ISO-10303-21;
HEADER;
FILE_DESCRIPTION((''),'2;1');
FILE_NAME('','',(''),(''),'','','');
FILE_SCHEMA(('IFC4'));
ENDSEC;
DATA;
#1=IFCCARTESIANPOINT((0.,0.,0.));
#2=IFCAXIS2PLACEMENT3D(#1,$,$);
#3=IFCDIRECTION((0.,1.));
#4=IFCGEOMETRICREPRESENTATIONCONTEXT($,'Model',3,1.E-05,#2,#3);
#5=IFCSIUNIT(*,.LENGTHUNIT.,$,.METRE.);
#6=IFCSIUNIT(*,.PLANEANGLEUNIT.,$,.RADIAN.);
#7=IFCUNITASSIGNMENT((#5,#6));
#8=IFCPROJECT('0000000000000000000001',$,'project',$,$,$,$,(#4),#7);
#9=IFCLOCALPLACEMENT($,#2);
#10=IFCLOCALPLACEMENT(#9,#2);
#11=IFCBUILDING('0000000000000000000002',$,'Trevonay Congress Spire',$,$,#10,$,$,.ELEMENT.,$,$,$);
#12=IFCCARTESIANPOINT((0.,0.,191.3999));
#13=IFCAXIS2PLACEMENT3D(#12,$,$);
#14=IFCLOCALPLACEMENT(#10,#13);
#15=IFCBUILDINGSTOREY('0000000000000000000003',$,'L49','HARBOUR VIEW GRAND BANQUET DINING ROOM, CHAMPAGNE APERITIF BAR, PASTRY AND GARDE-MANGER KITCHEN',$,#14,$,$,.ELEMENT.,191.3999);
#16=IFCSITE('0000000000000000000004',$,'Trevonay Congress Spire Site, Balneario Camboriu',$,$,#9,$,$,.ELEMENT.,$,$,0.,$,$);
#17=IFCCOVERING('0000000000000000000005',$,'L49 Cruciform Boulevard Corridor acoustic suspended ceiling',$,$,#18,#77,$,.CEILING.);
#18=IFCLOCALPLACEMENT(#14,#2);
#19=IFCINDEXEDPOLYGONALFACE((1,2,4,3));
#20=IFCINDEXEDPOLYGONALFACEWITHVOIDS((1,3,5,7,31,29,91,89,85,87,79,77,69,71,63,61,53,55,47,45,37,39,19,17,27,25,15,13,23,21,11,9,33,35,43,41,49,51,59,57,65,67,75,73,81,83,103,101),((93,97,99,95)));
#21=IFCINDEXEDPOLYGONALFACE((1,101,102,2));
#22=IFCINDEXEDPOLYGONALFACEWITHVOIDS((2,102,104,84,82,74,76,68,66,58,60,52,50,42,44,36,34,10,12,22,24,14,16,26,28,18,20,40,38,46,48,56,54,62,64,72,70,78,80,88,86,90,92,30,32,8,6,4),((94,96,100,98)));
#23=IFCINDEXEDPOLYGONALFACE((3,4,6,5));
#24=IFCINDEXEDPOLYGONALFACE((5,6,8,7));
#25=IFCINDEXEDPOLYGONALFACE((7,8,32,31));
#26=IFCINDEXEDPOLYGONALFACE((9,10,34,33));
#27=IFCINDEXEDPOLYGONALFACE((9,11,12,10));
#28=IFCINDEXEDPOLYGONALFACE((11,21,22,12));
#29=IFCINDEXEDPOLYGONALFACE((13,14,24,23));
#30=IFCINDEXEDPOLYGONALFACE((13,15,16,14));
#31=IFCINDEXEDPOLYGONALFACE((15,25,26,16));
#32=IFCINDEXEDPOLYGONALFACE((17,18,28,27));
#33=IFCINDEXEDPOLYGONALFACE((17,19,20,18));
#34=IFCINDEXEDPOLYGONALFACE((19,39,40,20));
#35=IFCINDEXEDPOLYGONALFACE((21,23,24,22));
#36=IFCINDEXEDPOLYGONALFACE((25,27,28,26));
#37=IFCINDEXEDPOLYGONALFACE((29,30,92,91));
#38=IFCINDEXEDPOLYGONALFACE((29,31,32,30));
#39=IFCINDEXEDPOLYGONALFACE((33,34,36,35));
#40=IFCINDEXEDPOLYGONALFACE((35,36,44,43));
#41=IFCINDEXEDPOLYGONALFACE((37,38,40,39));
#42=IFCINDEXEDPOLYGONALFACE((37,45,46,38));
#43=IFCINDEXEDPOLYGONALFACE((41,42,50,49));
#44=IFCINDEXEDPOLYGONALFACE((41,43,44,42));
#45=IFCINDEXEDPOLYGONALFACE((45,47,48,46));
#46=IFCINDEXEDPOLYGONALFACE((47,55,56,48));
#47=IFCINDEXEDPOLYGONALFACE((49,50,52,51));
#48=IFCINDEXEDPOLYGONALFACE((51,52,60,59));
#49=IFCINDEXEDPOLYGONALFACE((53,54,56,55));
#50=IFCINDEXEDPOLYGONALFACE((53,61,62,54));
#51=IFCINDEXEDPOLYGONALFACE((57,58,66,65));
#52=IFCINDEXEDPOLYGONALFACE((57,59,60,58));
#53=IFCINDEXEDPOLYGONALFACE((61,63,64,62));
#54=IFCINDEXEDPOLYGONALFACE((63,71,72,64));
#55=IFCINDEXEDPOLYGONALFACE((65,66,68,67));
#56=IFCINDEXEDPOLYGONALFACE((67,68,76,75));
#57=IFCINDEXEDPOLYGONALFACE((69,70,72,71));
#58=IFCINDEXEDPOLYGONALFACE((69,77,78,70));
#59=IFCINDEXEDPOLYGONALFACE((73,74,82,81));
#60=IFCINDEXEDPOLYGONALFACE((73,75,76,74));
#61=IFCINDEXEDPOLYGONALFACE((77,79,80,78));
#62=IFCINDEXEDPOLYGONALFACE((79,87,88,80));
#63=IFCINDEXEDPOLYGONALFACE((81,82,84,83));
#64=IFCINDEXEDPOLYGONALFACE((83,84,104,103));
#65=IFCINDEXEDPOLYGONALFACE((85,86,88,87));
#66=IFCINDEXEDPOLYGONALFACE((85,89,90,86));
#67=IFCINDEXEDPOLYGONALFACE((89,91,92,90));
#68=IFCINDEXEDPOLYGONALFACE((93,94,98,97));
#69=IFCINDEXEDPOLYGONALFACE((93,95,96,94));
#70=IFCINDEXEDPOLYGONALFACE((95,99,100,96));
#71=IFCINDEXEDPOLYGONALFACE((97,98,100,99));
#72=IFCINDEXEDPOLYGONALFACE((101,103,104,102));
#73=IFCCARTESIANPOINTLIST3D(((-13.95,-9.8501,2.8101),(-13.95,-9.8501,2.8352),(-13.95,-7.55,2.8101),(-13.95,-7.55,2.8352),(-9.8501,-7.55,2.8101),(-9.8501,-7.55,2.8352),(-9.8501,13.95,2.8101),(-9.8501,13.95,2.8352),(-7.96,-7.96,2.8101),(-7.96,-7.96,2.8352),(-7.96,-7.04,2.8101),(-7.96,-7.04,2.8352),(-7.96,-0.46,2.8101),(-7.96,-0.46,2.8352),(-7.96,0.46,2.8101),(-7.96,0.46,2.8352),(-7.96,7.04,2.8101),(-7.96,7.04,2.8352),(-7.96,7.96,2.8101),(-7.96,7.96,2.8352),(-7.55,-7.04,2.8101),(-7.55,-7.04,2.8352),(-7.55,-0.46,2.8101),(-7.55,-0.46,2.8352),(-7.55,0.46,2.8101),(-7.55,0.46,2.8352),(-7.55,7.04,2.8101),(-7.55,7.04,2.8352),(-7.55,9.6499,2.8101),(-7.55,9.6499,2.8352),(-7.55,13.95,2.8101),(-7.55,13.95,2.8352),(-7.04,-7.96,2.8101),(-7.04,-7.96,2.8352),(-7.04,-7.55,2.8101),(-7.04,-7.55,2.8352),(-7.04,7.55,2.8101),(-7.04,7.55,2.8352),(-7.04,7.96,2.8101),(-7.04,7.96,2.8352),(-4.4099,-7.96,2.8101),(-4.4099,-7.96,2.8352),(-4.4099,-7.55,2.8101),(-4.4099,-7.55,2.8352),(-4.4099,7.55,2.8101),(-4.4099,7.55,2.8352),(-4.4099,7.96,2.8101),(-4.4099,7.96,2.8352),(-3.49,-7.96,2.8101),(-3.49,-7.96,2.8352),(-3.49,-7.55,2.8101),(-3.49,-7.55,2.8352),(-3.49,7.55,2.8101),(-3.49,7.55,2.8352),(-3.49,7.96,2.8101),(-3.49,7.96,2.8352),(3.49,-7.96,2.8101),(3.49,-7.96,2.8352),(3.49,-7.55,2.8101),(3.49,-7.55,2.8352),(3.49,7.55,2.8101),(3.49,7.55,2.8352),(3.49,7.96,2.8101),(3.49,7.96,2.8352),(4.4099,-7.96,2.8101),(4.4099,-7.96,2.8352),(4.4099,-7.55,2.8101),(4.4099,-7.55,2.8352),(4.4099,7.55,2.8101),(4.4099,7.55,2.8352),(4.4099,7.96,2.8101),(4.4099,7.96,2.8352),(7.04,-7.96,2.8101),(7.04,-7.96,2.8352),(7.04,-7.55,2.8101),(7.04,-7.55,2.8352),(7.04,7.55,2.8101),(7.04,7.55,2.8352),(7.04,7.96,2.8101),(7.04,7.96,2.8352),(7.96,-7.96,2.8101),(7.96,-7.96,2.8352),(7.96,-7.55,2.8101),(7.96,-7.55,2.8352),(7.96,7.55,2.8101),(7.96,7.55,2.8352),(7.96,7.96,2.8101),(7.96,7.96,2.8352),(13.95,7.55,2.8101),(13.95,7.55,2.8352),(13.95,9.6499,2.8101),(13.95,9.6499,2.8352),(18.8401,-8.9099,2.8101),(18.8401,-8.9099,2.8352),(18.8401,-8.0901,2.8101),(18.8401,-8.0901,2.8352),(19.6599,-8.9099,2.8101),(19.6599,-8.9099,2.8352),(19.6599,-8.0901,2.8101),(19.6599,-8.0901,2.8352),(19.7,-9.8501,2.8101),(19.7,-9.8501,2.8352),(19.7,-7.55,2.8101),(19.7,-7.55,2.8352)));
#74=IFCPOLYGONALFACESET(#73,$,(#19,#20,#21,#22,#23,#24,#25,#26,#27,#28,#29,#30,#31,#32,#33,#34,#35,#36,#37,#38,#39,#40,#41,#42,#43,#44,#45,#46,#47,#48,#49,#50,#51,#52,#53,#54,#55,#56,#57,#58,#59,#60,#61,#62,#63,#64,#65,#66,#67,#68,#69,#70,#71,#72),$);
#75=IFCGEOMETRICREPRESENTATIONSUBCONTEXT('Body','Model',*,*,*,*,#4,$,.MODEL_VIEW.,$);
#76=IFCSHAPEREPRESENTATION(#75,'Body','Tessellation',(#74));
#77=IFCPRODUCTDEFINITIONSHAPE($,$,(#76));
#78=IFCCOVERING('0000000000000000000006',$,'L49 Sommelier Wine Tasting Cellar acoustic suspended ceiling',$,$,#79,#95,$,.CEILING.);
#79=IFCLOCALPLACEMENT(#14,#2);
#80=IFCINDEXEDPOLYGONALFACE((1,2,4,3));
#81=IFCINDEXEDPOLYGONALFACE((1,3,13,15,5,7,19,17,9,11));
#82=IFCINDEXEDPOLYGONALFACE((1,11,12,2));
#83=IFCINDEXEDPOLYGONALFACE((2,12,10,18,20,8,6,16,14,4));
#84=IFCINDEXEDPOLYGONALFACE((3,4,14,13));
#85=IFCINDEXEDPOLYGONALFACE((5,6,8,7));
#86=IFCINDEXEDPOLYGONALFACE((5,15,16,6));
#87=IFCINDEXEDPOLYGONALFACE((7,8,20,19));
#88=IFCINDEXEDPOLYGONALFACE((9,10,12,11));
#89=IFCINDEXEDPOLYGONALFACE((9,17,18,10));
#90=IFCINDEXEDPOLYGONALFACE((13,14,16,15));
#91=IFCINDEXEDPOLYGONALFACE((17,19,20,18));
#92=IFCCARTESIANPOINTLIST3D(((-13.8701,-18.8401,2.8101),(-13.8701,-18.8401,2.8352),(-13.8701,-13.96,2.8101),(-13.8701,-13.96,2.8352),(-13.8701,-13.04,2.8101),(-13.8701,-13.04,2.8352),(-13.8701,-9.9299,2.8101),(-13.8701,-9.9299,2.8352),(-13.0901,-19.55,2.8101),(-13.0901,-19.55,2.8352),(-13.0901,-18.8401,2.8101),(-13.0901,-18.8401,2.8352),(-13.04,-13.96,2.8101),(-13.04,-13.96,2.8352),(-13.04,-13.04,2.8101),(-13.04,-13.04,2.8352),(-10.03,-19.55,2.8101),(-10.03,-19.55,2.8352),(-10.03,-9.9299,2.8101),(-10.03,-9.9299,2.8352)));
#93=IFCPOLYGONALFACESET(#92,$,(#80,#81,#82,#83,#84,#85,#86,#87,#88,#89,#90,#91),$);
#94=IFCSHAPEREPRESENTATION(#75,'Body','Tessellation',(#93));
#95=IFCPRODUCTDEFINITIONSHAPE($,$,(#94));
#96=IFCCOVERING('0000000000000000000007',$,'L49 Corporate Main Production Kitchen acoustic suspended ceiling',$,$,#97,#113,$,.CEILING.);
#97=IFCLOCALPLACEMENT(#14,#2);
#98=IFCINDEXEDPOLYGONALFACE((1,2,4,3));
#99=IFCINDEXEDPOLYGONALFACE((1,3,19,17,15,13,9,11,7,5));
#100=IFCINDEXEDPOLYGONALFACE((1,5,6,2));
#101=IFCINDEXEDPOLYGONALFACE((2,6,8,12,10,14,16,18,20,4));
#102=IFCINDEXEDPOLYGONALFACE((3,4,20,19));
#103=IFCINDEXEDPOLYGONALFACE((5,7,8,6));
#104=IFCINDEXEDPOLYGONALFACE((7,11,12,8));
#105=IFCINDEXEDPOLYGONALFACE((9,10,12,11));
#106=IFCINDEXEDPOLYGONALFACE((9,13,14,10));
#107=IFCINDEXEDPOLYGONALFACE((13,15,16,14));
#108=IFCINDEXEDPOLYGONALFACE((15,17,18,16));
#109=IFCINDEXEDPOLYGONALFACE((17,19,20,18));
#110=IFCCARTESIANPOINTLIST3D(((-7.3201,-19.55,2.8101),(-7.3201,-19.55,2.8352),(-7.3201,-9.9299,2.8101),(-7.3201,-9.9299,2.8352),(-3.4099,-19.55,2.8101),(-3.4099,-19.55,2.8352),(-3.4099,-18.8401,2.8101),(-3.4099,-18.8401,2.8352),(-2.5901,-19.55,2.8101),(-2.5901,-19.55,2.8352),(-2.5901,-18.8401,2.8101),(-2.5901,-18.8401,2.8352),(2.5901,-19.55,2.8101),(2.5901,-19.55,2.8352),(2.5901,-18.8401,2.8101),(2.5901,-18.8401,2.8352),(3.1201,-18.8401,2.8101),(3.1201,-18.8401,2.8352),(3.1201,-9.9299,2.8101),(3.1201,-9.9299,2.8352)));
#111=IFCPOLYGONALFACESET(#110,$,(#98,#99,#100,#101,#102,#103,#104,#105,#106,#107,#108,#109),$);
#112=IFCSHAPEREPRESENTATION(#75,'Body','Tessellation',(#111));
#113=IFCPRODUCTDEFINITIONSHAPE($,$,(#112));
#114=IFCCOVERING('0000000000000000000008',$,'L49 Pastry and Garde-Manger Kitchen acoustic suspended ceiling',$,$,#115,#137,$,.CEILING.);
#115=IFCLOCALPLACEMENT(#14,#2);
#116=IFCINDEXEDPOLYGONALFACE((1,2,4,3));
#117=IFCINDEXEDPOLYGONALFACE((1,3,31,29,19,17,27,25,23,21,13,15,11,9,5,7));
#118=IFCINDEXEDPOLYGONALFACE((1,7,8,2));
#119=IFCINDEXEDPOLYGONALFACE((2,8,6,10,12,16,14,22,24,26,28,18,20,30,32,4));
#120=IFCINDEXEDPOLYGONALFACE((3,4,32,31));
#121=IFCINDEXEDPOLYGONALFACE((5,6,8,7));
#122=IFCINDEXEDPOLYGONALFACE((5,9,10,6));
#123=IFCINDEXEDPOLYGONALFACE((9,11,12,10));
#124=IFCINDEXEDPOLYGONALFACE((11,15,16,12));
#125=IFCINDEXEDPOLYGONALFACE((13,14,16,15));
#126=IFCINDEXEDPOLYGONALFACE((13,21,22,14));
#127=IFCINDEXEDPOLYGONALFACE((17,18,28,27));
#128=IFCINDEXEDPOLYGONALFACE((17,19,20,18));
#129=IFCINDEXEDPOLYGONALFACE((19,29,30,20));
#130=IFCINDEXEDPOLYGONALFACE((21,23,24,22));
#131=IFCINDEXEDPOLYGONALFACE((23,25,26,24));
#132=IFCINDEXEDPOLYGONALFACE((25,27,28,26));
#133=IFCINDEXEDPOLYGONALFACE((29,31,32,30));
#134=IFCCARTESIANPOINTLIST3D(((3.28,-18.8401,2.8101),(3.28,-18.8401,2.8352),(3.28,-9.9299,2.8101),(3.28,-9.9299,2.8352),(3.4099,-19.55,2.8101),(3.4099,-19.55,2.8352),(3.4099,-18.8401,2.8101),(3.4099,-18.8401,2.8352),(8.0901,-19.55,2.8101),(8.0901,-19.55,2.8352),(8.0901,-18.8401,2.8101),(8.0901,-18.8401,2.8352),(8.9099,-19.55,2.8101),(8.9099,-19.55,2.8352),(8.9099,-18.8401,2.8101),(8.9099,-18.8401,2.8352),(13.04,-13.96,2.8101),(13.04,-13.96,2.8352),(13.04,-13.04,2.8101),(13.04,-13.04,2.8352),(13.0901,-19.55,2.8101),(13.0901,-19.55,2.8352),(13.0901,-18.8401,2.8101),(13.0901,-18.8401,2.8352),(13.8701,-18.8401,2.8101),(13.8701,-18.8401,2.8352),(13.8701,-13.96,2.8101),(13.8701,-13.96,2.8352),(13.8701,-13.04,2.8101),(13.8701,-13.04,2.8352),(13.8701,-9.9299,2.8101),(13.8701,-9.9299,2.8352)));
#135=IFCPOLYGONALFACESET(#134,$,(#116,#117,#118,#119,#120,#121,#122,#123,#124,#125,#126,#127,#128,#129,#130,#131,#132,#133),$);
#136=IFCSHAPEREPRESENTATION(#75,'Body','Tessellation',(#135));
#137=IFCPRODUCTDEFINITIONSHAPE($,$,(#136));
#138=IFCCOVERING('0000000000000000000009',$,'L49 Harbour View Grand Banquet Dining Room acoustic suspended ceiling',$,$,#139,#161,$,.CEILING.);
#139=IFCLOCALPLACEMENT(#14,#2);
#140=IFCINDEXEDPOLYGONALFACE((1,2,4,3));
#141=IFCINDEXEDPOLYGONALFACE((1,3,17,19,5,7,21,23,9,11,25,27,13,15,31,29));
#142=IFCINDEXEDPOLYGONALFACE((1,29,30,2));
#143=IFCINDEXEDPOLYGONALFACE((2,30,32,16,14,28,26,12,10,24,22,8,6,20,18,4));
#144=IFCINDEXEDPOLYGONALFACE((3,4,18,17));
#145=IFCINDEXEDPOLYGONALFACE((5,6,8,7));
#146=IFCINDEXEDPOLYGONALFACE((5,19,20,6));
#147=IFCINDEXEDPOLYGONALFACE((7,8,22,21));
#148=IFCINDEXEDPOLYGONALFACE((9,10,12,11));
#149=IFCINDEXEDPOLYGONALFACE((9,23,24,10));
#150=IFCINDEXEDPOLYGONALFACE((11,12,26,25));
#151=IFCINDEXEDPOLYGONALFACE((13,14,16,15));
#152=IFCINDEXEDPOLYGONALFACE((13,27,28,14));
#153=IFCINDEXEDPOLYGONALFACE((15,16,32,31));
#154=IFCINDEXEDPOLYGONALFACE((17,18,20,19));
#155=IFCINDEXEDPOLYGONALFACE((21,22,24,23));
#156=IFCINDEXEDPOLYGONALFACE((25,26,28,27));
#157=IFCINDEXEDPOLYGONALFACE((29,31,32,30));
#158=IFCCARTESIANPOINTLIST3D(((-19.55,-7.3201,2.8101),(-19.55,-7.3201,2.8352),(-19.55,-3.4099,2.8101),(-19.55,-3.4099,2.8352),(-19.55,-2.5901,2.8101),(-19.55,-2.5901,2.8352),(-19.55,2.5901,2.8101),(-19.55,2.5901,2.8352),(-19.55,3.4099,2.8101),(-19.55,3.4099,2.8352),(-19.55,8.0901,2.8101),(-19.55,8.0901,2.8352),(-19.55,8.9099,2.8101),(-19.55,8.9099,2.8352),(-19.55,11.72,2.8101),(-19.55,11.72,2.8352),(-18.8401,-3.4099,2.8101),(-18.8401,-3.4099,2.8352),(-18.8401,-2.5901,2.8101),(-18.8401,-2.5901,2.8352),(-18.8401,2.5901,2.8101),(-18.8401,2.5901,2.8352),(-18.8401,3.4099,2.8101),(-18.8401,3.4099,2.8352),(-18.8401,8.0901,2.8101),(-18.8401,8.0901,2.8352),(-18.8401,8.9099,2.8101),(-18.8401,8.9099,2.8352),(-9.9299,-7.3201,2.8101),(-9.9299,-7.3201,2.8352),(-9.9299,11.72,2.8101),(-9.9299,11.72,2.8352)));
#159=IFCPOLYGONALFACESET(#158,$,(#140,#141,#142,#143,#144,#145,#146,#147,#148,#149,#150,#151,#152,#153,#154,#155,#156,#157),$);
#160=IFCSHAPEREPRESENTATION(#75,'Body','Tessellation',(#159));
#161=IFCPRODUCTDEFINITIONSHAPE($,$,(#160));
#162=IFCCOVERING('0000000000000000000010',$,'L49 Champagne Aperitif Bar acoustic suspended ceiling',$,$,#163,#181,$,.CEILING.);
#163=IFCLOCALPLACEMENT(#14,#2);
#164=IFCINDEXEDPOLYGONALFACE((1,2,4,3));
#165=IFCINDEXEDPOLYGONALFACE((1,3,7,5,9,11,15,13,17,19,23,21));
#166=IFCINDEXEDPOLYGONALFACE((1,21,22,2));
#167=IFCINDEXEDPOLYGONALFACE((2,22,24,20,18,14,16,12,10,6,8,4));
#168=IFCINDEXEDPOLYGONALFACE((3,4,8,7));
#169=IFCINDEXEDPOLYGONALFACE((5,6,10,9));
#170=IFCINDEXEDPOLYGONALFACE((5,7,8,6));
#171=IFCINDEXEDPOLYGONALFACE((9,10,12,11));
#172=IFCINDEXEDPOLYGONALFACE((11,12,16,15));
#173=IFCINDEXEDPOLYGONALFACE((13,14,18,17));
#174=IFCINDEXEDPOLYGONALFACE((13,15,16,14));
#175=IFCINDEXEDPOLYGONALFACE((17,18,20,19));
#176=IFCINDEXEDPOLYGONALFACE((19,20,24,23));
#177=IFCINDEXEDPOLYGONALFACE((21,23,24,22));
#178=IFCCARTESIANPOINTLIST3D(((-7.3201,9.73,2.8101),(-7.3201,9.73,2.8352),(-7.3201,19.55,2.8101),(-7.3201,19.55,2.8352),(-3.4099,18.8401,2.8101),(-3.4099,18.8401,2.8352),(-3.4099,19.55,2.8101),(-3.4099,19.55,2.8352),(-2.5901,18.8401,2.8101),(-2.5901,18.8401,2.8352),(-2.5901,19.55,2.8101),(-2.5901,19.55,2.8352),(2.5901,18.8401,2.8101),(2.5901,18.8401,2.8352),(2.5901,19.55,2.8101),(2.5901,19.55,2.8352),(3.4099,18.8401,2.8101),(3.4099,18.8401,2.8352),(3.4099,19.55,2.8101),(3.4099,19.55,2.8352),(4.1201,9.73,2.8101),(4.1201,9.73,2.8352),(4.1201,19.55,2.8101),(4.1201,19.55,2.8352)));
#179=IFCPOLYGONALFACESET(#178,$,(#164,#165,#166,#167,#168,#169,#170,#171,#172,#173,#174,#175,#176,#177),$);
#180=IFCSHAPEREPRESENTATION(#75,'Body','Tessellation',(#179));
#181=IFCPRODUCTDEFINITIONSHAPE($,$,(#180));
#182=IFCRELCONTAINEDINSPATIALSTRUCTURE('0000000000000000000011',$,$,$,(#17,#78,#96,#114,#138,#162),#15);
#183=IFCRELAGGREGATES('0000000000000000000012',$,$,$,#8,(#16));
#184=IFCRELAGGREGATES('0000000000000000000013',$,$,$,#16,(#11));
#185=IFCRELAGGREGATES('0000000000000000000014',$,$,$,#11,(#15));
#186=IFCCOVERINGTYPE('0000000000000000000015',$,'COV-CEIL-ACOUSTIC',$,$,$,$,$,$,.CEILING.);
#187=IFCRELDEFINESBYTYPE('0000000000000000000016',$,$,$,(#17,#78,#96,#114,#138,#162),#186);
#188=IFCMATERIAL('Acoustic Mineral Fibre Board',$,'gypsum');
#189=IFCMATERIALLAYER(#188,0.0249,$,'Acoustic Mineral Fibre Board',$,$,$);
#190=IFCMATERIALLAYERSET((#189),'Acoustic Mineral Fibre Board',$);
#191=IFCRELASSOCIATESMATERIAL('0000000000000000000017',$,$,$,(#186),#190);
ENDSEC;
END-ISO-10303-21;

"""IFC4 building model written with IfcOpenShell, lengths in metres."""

from ifc_helpers import new_model, si_unit, direction, frame, origin, place, context, subcontext, project, spatial, polyline, outline, extrude, material, layer, layer_set, type_object, element, save


model = new_model("IFC4")

# Units and contexts
model_context = context("Model", 3, precision=1e-05, world=origin(), true_north=direction((0.0, 1.0)))
body_context = subcontext(model_context, "Body", "Model", "MODEL_VIEW")
ifc_project = project(units=[si_unit("LENGTHUNIT", "METRE"), si_unit("PLANEANGLEUNIT", "RADIAN")], contexts=[model_context])

# Site, building, storey
site_placement = place(None, origin())
site = spatial("IfcSite", under=ifc_project, at=site_placement, Name="Trevonay Congress Spire Site, Balneario Camboriu", CompositionType="ELEMENT", RefElevation=0.0)
building_placement = place(site_placement, origin())
building = spatial("IfcBuilding", under=site, at=building_placement, Name="Trevonay Congress Spire", CompositionType="ELEMENT")
storey_placement = place(building_placement, frame((0.0, 0.0, 191.3999)))
storey = spatial("IfcBuildingStorey", under=building, at=storey_placement, Name="L49", Description="HARBOUR VIEW GRAND BANQUET DINING ROOM, CHAMPAGNE APERITIF BAR, PASTRY AND GARDE-MANGER KITCHEN", CompositionType="ELEMENT", Elevation=191.3999)

# Coverings
ifc_material_1 = material(Name="Acoustic Mineral Fibre Board", Category="gypsum")
ifc_layer_1 = layer(ifc_material_1, 0.0249, Name="Acoustic Mineral Fibre Board")
ifc_layer_set_1 = layer_set([ifc_layer_1], Name="Acoustic Mineral Fibre Board")
covering_type_1 = type_object("IfcCoveringType", Name="COV-CEIL-ACOUSTIC", PredefinedType="CEILING", material=ifc_layer_set_1)
covering_1_placement = place(storey_placement, frame((0.0, 0.0, 2.8101)))
element("IfcCovering", 1, at=covering_1_placement, inside=storey, type_object=covering_type_1, Name="L49 Cruciform Boulevard Corridor acoustic suspended ceiling", PredefinedType="CEILING", context=body_context, shape_type="SweptSolid", body=[
    extrude(outline(polyline([(19.7, -7.55), (19.7, -9.8501), (-13.95, -9.8501), (-13.95, -7.55), (-9.8501, -7.55), (-9.8501, 13.95), (-7.55, 13.95), (-7.55, 9.6499), (13.95, 9.6499), (13.95, 7.55), (7.96, 7.55), (7.96, 7.96), (7.04, 7.96), (7.04, 7.55), (4.4099, 7.55), (4.4099, 7.96), (3.49, 7.96), (3.49, 7.55), (-3.49, 7.55), (-3.49, 7.96), (-4.4099, 7.96), (-4.4099, 7.55), (-7.04, 7.55), (-7.04, 7.96), (-7.96, 7.96), (-7.96, 7.04), (-7.55, 7.04), (-7.55, 0.46), (-7.96, 0.46), (-7.96, -0.46), (-7.55, -0.46), (-7.55, -7.04), (-7.96, -7.04), (-7.96, -7.96), (-7.04, -7.96), (-7.04, -7.55), (-4.4099, -7.55), (-4.4099, -7.96), (-3.49, -7.96), (-3.49, -7.55), (3.49, -7.55), (3.49, -7.96), (4.4099, -7.96), (4.4099, -7.55), (7.04, -7.55), (7.04, -7.96), (7.96, -7.96), (7.96, -7.55), (19.7, -7.55)]), holes=[polyline([(19.6599, -8.0901), (18.8401, -8.0901), (18.8401, -8.9099), (19.6599, -8.9099), (19.6599, -8.0901)])]), origin(), (0.0, 0.0, 1.0), 0.0251),
])
covering_2_placement = place(storey_placement, frame((0.0, 0.0, 2.8101)))
element("IfcCovering", 2, at=covering_2_placement, inside=storey, type_object=covering_type_1, Name="L49 Sommelier Wine Tasting Cellar acoustic suspended ceiling", PredefinedType="CEILING", context=body_context, shape_type="SweptSolid", body=[
    extrude(outline(polyline([(-13.8701, -9.9299), (-10.03, -9.9299), (-10.03, -19.55), (-13.0901, -19.55), (-13.0901, -18.8401), (-13.8701, -18.8401), (-13.8701, -13.96), (-13.04, -13.96), (-13.04, -13.04), (-13.8701, -13.04), (-13.8701, -9.9299)])), origin(), (0.0, 0.0, 1.0), 0.0251),
])
covering_3_placement = place(storey_placement, frame((0.0, 0.0, 2.8101)))
element("IfcCovering", 3, at=covering_3_placement, inside=storey, type_object=covering_type_1, Name="L49 Corporate Main Production Kitchen acoustic suspended ceiling", PredefinedType="CEILING", context=body_context, shape_type="SweptSolid", body=[
    extrude(outline(polyline([(-7.3201, -19.55), (-7.3201, -9.9299), (3.1201, -9.9299), (3.1201, -18.8401), (2.5901, -18.8401), (2.5901, -19.55), (-2.5901, -19.55), (-2.5901, -18.8401), (-3.4099, -18.8401), (-3.4099, -19.55), (-7.3201, -19.55)])), origin(), (0.0, 0.0, 1.0), 0.0251),
])
covering_4_placement = place(storey_placement, frame((0.0, 0.0, 2.8101)))
element("IfcCovering", 4, at=covering_4_placement, inside=storey, type_object=covering_type_1, Name="L49 Pastry and Garde-Manger Kitchen acoustic suspended ceiling", PredefinedType="CEILING", context=body_context, shape_type="SweptSolid", body=[
    extrude(outline(polyline([(3.4099, -19.55), (3.4099, -18.8401), (3.28, -18.8401), (3.28, -9.9299), (13.8701, -9.9299), (13.8701, -13.04), (13.04, -13.04), (13.04, -13.96), (13.8701, -13.96), (13.8701, -18.8401), (13.0901, -18.8401), (13.0901, -19.55), (8.9099, -19.55), (8.9099, -18.8401), (8.0901, -18.8401), (8.0901, -19.55), (3.4099, -19.55)])), origin(), (0.0, 0.0, 1.0), 0.0251),
])
covering_5_placement = place(storey_placement, frame((0.0, 0.0, 2.8101)))
element("IfcCovering", 5, at=covering_5_placement, inside=storey, type_object=covering_type_1, Name="L49 Harbour View Grand Banquet Dining Room acoustic suspended ceiling", PredefinedType="CEILING", context=body_context, shape_type="SweptSolid", body=[
    extrude(outline(polyline([(-19.55, 11.72), (-9.9299, 11.72), (-9.9299, -7.3201), (-19.55, -7.3201), (-19.55, -3.4099), (-18.8401, -3.4099), (-18.8401, -2.5901), (-19.55, -2.5901), (-19.55, 2.5901), (-18.8401, 2.5901), (-18.8401, 3.4099), (-19.55, 3.4099), (-19.55, 8.0901), (-18.8401, 8.0901), (-18.8401, 8.9099), (-19.55, 8.9099), (-19.55, 11.72)])), origin(), (0.0, 0.0, 1.0), 0.0251),
])
covering_6_placement = place(storey_placement, frame((0.0, 0.0, 2.8101)))
element("IfcCovering", 6, at=covering_6_placement, inside=storey, type_object=covering_type_1, Name="L49 Champagne Aperitif Bar acoustic suspended ceiling", PredefinedType="CEILING", context=body_context, shape_type="SweptSolid", body=[
    extrude(outline(polyline([(4.1201, 19.55), (4.1201, 9.73), (-7.3201, 9.73), (-7.3201, 19.55), (-3.4099, 19.55), (-3.4099, 18.8401), (-2.5901, 18.8401), (-2.5901, 19.55), (2.5901, 19.55), (2.5901, 18.8401), (3.4099, 18.8401), (3.4099, 19.55), (4.1201, 19.55)])), origin(), (0.0, 0.0, 1.0), 0.0251),
])

save(model, "model.ifc")
